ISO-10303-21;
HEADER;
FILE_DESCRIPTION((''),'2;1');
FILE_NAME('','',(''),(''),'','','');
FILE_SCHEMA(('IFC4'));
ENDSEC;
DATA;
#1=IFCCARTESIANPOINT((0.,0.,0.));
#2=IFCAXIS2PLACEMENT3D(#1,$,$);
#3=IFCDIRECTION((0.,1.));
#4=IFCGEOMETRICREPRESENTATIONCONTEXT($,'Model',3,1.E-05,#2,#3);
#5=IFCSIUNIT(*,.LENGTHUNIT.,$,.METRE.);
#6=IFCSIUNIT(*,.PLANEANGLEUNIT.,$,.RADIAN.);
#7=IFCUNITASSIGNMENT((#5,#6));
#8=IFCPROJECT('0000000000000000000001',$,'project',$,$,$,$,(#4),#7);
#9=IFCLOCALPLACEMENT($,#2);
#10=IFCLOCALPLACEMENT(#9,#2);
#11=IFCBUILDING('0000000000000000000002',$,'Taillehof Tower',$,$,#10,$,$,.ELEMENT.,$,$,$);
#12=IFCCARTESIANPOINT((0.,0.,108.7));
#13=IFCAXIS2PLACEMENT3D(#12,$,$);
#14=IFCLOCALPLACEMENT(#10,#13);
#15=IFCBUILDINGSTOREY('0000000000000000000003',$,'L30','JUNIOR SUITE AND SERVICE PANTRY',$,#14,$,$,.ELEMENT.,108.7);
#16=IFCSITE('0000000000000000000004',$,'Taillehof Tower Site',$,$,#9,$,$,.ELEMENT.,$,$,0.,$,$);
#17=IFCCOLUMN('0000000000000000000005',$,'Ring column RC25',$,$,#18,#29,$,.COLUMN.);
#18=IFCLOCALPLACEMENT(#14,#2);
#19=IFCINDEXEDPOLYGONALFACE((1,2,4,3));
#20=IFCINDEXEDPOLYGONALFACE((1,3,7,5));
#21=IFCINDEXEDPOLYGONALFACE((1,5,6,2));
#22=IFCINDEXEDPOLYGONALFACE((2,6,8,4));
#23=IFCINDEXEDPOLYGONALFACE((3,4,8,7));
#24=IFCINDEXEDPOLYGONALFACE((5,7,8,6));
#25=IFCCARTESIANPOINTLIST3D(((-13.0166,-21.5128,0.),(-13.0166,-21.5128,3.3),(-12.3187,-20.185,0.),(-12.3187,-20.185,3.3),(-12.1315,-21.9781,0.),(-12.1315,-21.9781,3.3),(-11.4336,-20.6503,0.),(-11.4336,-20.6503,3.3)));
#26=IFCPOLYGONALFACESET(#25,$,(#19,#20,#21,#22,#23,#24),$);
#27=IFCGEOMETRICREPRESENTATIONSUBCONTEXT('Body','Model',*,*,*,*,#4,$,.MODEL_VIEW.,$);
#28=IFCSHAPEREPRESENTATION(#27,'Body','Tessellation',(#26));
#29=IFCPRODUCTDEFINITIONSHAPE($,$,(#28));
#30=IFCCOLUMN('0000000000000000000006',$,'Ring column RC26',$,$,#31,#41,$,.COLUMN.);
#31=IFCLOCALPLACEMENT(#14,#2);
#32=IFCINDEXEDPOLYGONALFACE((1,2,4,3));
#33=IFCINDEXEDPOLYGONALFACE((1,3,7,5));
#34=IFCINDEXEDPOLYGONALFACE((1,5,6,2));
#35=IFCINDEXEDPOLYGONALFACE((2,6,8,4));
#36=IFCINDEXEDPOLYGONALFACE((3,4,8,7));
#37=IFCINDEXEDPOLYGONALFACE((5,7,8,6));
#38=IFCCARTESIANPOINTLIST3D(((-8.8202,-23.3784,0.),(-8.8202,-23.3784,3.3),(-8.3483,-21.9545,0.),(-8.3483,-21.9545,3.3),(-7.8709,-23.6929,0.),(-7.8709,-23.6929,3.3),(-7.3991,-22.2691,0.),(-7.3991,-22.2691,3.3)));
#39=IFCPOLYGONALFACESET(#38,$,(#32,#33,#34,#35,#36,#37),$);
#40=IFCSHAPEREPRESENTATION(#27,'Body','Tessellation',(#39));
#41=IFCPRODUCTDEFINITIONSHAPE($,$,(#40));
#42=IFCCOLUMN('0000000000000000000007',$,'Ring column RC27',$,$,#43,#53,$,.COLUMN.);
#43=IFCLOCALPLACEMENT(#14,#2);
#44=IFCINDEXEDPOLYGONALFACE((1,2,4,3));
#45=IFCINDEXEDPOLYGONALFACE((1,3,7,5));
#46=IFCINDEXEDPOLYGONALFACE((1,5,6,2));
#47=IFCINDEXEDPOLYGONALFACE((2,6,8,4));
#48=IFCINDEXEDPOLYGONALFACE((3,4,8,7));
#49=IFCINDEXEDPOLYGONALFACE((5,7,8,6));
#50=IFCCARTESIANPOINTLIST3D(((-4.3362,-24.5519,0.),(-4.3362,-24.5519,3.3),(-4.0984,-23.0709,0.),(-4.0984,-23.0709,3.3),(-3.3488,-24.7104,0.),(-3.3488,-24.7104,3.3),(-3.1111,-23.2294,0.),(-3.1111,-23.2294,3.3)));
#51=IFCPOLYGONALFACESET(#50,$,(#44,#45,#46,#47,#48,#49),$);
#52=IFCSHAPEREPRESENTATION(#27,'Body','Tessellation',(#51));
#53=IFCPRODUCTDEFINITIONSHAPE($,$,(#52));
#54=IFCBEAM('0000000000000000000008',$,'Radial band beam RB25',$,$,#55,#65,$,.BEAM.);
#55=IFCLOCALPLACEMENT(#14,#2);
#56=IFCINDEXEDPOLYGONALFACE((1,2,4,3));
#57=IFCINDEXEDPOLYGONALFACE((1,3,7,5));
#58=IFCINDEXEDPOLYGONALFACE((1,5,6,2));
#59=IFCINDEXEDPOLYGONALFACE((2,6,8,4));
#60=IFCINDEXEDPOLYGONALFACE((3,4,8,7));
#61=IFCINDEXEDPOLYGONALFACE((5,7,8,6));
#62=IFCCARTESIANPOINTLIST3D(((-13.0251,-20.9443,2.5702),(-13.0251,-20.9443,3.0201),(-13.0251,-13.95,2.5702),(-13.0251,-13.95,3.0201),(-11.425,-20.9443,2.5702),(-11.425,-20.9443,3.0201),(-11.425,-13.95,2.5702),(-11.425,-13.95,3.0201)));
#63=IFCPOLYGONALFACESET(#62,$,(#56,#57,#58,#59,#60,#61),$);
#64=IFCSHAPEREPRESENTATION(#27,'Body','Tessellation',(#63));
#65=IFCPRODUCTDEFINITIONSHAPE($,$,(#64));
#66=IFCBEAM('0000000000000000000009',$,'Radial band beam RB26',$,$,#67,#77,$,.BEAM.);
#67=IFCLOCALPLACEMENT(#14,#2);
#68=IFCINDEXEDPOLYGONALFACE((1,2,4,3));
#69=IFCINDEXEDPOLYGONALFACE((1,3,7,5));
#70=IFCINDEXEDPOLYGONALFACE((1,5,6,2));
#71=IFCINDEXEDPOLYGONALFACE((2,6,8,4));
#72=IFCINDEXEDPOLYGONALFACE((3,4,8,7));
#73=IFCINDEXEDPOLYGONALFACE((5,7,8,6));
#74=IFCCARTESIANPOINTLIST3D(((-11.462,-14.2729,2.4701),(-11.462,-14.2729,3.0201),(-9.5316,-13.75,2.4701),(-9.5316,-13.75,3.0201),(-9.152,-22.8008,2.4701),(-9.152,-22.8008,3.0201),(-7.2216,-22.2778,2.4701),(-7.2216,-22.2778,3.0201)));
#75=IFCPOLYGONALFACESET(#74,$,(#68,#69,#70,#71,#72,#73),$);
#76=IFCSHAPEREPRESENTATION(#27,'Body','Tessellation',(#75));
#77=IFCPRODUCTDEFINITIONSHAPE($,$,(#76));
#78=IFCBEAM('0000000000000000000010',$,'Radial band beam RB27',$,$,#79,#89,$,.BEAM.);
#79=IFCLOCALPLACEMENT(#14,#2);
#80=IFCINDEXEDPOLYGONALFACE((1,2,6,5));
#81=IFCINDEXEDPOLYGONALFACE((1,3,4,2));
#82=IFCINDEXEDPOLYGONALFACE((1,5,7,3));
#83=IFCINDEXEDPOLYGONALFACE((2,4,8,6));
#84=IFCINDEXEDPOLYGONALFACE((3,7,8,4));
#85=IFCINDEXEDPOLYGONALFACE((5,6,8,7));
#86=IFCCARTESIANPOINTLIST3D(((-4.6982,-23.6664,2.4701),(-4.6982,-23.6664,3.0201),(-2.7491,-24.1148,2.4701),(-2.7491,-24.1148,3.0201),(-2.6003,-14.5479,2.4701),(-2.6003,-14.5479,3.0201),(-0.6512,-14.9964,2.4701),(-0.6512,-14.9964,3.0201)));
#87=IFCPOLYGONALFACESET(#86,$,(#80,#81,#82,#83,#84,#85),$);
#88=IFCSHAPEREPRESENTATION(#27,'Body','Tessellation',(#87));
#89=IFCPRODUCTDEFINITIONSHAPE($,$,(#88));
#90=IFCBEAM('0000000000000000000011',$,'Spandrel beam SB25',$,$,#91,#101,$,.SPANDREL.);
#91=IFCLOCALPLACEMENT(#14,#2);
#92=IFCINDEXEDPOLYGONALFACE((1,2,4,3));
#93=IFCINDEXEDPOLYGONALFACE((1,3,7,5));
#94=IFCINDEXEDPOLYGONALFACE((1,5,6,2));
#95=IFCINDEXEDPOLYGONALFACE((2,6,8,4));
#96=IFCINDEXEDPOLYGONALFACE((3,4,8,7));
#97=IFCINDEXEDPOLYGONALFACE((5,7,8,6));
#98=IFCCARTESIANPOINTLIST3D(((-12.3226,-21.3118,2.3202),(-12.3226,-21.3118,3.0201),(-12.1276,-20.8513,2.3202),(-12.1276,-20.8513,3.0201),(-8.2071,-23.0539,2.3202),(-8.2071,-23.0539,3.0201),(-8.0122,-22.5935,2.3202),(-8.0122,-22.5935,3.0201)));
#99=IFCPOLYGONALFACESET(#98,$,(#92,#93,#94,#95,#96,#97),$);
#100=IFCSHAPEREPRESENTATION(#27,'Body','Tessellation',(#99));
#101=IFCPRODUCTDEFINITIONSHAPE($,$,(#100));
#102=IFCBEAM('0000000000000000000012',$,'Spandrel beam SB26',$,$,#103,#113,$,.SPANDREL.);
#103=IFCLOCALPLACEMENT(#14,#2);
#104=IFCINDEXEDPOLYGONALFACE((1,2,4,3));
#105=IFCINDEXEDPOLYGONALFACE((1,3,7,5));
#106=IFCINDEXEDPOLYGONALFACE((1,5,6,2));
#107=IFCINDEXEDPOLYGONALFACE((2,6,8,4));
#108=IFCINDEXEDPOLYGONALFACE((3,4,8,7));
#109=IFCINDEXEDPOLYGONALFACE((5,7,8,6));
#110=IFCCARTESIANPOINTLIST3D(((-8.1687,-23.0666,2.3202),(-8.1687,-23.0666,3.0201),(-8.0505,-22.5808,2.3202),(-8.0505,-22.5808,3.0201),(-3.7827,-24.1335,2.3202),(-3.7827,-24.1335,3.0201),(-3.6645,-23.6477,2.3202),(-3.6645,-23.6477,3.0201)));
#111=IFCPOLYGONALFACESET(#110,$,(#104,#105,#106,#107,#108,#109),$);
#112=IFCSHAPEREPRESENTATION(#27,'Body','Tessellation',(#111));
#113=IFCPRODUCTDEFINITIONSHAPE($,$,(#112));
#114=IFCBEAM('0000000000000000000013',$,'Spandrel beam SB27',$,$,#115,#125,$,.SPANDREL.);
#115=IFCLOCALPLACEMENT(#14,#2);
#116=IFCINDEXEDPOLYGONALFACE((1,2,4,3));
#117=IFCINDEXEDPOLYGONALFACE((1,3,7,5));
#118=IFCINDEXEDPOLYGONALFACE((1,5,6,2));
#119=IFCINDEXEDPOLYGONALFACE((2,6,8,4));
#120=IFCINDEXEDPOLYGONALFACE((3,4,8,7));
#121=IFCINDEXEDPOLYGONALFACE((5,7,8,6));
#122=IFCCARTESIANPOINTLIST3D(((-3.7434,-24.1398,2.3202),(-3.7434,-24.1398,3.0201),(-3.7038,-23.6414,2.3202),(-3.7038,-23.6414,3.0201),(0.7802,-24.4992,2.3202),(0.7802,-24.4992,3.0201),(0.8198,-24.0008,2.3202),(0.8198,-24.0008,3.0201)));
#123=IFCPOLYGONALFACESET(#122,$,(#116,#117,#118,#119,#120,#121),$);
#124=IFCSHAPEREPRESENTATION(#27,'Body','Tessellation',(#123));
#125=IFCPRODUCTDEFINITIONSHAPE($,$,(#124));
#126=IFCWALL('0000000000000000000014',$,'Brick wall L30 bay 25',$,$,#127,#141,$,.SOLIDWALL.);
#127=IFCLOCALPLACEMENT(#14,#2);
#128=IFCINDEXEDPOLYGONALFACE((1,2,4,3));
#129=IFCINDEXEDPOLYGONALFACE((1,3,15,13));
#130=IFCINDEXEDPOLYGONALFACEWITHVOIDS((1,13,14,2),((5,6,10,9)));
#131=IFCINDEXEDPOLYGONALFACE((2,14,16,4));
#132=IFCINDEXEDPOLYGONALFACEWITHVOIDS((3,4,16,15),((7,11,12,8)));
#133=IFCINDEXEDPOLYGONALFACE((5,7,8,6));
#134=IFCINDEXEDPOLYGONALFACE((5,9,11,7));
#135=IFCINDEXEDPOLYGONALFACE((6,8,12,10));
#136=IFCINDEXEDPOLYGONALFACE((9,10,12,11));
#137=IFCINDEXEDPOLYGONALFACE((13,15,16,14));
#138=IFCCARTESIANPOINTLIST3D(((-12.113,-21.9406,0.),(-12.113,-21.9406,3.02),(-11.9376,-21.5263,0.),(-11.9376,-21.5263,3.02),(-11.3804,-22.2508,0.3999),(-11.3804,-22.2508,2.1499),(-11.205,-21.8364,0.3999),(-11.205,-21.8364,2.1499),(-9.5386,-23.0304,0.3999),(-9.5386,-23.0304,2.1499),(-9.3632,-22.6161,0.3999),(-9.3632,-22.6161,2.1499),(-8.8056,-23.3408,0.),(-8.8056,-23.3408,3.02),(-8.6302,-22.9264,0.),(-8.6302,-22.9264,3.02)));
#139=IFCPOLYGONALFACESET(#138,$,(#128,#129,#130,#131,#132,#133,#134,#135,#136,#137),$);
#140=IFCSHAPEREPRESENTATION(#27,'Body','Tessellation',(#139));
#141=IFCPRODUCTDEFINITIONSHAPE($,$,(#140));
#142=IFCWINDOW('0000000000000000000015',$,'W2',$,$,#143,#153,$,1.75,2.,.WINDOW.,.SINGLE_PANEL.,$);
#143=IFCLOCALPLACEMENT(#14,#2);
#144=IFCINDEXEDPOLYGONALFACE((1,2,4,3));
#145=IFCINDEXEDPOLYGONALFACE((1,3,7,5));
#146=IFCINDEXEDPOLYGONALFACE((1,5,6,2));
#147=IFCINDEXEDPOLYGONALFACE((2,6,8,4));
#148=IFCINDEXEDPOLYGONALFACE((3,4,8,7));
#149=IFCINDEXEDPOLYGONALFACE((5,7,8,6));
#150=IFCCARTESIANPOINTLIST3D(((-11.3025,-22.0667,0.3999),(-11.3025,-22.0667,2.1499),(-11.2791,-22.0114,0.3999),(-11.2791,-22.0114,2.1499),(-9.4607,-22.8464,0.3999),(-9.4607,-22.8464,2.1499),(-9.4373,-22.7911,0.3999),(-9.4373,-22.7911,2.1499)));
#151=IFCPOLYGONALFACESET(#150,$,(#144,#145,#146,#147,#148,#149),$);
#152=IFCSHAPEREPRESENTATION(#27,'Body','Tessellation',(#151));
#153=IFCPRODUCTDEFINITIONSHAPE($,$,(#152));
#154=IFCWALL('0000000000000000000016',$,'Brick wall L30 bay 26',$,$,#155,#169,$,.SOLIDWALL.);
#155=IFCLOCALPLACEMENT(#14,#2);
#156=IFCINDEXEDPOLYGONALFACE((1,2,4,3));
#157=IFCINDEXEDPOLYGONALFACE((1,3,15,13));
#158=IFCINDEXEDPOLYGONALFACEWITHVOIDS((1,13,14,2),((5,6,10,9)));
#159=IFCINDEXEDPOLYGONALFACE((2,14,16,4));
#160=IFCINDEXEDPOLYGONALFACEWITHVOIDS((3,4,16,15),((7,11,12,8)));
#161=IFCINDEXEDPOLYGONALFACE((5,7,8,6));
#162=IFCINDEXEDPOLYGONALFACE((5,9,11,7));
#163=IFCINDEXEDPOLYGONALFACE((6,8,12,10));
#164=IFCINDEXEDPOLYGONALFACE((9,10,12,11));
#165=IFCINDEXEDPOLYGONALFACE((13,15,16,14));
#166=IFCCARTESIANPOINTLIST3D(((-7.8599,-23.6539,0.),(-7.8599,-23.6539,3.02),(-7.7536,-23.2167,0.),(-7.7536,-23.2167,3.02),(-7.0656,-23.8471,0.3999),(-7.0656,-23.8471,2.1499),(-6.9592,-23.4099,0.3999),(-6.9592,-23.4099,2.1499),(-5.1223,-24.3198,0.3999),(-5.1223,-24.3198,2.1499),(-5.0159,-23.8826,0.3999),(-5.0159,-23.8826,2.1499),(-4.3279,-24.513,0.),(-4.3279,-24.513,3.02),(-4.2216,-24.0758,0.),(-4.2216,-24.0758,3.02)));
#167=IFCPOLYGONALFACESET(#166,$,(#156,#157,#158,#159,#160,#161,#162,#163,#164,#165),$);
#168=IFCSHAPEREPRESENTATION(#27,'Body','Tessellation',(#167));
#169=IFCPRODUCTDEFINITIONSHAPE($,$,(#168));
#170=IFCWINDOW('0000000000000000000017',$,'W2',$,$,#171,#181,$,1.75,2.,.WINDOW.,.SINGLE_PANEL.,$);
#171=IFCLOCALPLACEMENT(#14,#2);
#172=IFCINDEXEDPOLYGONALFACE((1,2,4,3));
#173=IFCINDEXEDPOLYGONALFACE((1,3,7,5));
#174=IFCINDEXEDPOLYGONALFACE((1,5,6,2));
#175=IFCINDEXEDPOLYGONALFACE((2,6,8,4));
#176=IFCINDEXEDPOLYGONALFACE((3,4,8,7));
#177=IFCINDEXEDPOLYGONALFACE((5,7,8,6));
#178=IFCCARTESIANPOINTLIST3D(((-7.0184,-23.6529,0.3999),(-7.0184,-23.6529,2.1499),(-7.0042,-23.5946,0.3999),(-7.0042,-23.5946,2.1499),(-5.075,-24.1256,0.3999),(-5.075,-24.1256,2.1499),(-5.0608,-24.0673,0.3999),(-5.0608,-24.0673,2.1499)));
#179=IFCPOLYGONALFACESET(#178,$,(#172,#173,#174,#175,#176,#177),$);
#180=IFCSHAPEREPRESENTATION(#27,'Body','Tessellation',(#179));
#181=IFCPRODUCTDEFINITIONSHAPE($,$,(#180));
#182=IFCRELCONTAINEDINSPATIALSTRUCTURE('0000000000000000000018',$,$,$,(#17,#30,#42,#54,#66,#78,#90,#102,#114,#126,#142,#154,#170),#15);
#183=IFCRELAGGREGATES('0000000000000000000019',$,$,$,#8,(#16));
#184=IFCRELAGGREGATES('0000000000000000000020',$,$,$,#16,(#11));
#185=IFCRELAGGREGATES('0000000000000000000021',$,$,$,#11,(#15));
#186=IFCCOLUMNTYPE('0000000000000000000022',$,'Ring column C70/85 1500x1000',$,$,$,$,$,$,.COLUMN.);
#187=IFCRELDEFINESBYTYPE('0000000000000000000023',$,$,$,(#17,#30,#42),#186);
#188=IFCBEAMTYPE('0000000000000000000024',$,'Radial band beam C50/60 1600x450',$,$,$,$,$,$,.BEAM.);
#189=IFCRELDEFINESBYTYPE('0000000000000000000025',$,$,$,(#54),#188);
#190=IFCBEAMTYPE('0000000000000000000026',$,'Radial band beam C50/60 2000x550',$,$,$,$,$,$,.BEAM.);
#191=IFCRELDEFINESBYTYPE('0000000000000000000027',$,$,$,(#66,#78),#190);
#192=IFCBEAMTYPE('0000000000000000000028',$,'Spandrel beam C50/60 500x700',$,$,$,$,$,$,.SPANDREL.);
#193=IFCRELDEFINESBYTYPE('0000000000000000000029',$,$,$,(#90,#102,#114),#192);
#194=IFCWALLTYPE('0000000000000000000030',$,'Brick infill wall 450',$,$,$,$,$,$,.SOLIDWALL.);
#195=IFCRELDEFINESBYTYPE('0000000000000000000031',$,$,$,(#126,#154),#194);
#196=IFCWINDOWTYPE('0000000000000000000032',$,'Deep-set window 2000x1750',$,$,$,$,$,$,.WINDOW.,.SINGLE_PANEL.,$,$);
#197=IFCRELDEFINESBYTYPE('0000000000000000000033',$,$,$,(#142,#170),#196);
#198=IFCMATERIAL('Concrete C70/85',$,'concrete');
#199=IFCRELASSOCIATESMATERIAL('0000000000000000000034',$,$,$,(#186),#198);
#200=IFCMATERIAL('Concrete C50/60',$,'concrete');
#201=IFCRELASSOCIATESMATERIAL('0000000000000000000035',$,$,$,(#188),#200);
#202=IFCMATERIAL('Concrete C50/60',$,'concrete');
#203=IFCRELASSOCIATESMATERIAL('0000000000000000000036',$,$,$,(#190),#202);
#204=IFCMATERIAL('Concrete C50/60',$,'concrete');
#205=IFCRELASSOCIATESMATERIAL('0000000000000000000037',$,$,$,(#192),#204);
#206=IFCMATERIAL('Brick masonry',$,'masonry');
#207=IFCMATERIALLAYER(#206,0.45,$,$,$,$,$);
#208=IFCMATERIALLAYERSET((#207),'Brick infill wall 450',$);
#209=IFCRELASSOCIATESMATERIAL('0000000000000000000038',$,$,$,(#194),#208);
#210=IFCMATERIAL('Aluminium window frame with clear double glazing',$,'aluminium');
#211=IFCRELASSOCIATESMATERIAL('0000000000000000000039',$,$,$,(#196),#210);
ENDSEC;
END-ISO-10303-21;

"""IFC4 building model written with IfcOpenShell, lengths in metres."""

from ifc_helpers import new_model, si_unit, direction, frame, frame_2d, origin, origin_2d, place, context, subcontext, project, spatial, rectangle, extrude, material, layer, layer_set, material_profile, profile_set, type_object, element, fill, save


model = new_model("IFC4")

# Units and contexts
model_context = context("Model", 3, precision=1e-05, world=origin(), true_north=direction((0.0, 1.0)))
body_context = subcontext(model_context, "Body", "Model", "MODEL_VIEW")
ifc_project = project(units=[si_unit("LENGTHUNIT", "METRE"), si_unit("PLANEANGLEUNIT", "RADIAN")], contexts=[model_context])

# Site, building, storey
site_placement = place(None, origin())
site = spatial("IfcSite", under=ifc_project, at=site_placement, Name="Taillehof Tower Site", CompositionType="ELEMENT", RefElevation=0.0)
building_placement = place(site_placement, origin())
building = spatial("IfcBuilding", under=site, at=building_placement, Name="Taillehof Tower", CompositionType="ELEMENT")
storey_placement = place(building_placement, frame((0.0, 0.0, 108.7)))
storey = spatial("IfcBuildingStorey", under=building, at=storey_placement, Name="L30", Description="JUNIOR SUITE AND SERVICE PANTRY", CompositionType="ELEMENT", Elevation=108.7)

# Columns
ifc_material_1 = material(Name="Concrete C70/85", Category="concrete")
ifc_material_profile_1 = material_profile(ifc_material_1, rectangle(XDim=1.5, YDim=1.0, at=origin_2d()), Name="RC 1500x1000")
ifc_profile_set_1 = profile_set([ifc_material_profile_1], Name="Concrete C70/85")
column_type = type_object("IfcColumnType", Name="Ring column C70/85 1500x1000", PredefinedType="COLUMN", material=ifc_profile_set_1)
for number, where, z_axis, x_axis, name in (
    (1, (-12.2251, -21.0815, 0.0), (0.0, 0.0, 1.0), (-0.465283, -0.885162, 0.0), "Ring column RC25"),
    (2, (-8.1096, -22.8237, 0.0), (0.0, 0.0, 1.0), (-0.314555, -0.949239, 0.0), "Ring column RC26"),
    (3, (-3.7236, -23.8906, 0.0), (0.0, 0.0, 1.0), (-0.158507, -0.987358, 0.0), "Ring column RC27"),
):
    element("IfcColumn", number, at=place(storey_placement, frame(where, z_axis=z_axis, x_axis=x_axis)), inside=storey, type_object=column_type, Name=name, PredefinedType="COLUMN", context=body_context, shape_type="SweptSolid", body=[
        extrude(rectangle(XDim=1.5, YDim=1.0, at=origin_2d()), origin(), (0.0, 0.0, 1.0), 3.3),
    ])

# Beams
ifc_material_2 = material(Name="Concrete C50/60", Category="concrete")
ifc_material_profile_2 = material_profile(ifc_material_2, rectangle(XDim=1.6001, YDim=0.45, at=origin_2d()), Name="RC 1600x450")
ifc_profile_set_2 = profile_set([ifc_material_profile_2], Name="Concrete C50/60")
beam_type_1 = type_object("IfcBeamType", Name="Radial band beam C50/60 1600x450", PredefinedType="BEAM", material=ifc_profile_set_2)
beam_1_placement = place(storey_placement, frame((-12.2251, -20.9443, 2.7952), z_axis=(0.0, 1.0, 0.0), x_axis=(-1.0, 0.0, 0.0)))
element("IfcBeam", 4, at=beam_1_placement, inside=storey, type_object=beam_type_1, Name="Radial band beam RB25", PredefinedType="BEAM", context=body_context, shape_type="SweptSolid", body=[
    extrude(rectangle(XDim=1.6001, YDim=0.45, at=origin_2d()), origin(), (0.0, 0.0, 1.0), 6.9944),
])
ifc_material_3 = material(Name="Concrete C50/60", Category="concrete")
ifc_material_profile_3 = material_profile(ifc_material_3, rectangle(XDim=2.0, YDim=0.55, at=origin_2d()), Name="RC 2000x550")
ifc_profile_set_3 = profile_set([ifc_material_profile_3], Name="Concrete C50/60")
beam_type_2 = type_object("IfcBeamType", Name="Radial band beam C50/60 2000x550", PredefinedType="BEAM", material=ifc_profile_set_3)
beam_2_placement = place(storey_placement, frame((-8.1868, -22.5393, 2.7451), z_axis=(-0.261462, 0.965214, 0.0), x_axis=(-0.965214, -0.261462, 0.0)))
element("IfcBeam", 5, at=beam_2_placement, inside=storey, type_object=beam_type_2, Name="Radial band beam RB26", PredefinedType="BEAM", context=body_context, shape_type="SweptSolid", body=[
    extrude(rectangle(XDim=2.0, YDim=0.55, at=origin_2d()), origin(), (0.0, 0.0, 1.0), 8.8352),
])
beam_3_placement = place(storey_placement, frame((-3.7236, -23.8906, 2.7451), z_axis=(0.224215, 0.97454, 0.0), x_axis=(-0.97454, 0.224215, 0.0)))
element("IfcBeam", 6, at=beam_3_placement, inside=storey, type_object=beam_type_2, Name="Radial band beam RB27", PredefinedType="BEAM", context=body_context, shape_type="SweptSolid", body=[
    extrude(rectangle(XDim=2.0, YDim=0.55, at=origin_2d()), origin(), (0.0, 0.0, 1.0), 9.3567),
])
ifc_material_4 = material(Name="Concrete C50/60", Category="concrete")
ifc_material_profile_4 = material_profile(ifc_material_4, rectangle(XDim=0.5, YDim=0.7, at=origin_2d()), Name="RC 500x700")
ifc_profile_set_4 = profile_set([ifc_material_profile_4], Name="Concrete C50/60")
beam_type_3 = type_object("IfcBeamType", Name="Spandrel beam C50/60 500x700", PredefinedType="SPANDREL", material=ifc_profile_set_4)
beam_4_placement = place(storey_placement, frame((-12.2251, -21.0815, 2.6702), z_axis=(0.920885, -0.389834, 0.0), x_axis=(0.389834, 0.920885, 0.0)))
element("IfcBeam", 7, at=beam_4_placement, inside=storey, type_object=beam_type_3, Name="Spandrel beam SB25", PredefinedType="SPANDREL", context=body_context, shape_type="SweptSolid", body=[
    extrude(rectangle(XDim=0.5, YDim=0.7, at=origin_2d()), origin(), (0.0, 0.0, 1.0), 4.469),
])
beam_5_placement = place(storey_placement, frame((-8.1096, -22.8237, 2.6702), z_axis=(0.971666, -0.236358, 0.0), x_axis=(0.236358, 0.971666, 0.0)))
element("IfcBeam", 8, at=beam_5_placement, inside=storey, type_object=beam_type_3, Name="Spandrel beam SB26", PredefinedType="SPANDREL", context=body_context, shape_type="SweptSolid", body=[
    extrude(rectangle(XDim=0.5, YDim=0.7, at=origin_2d()), origin(), (0.0, 0.0, 1.0), 4.5139),
])
beam_6_placement = place(storey_placement, frame((-3.7236, -23.8906, 2.6702), z_axis=(0.996859, -0.079194, 0.0), x_axis=(0.079194, 0.996859, 0.0)))
element("IfcBeam", 9, at=beam_6_placement, inside=storey, type_object=beam_type_3, Name="Spandrel beam SB27", PredefinedType="SPANDREL", context=body_context, shape_type="SweptSolid", body=[
    extrude(rectangle(XDim=0.5, YDim=0.7, at=origin_2d()), origin(), (0.0, 0.0, 1.0), 4.5378),
])

# Walls, openings, windows
ifc_material_5 = material(Name="Brick masonry", Category="masonry")
ifc_layer_1 = layer(ifc_material_5, 0.45)
ifc_layer_set_1 = layer_set([ifc_layer_1], Name="Brick infill wall 450")
wall_type_1 = type_object("IfcWallType", Name="Brick infill wall 450", PredefinedType="SOLIDWALL", material=ifc_layer_set_1)
wall_1_placement = place(storey_placement, frame((-12.0254, -21.7334, 0.0), z_axis=(0.0, 0.0, 1.0), x_axis=(0.92088, -0.389846, 0.0)))
wall_1 = element("IfcWall", 10, at=wall_1_placement, inside=storey, type_object=wall_type_1, Name="Brick wall L30 bay 25", PredefinedType="SOLIDWALL", context=body_context, shape_type="SweptSolid", body=[
    extrude(rectangle(XDim=3.5916, YDim=0.45, at=frame_2d((1.7959, 0.0))), origin(), (0.0, 0.0, 1.0), 3.02),
])
opening_1_placement = place(wall_1_placement, frame((0.7957, 0.0, 0.3999)))
opening_1 = element("IfcOpeningElement", 11, at=opening_1_placement, cuts=wall_1, PredefinedType="OPENING", context=body_context, shape_type="SweptSolid", body=[
    extrude(rectangle(XDim=2.0, YDim=1.75, at=frame_2d((1.0, 0.875))), frame((0.0, 0.2349, 0.0), z_axis=(0.0, -1.0, 0.0), x_axis=(1.0, 0.0, 0.0)), (0.0, 0.0, 1.0), 0.47),
])
ifc_material_6 = material(Name="Aluminium window frame with clear double glazing", Category="aluminium")
window_type_1 = type_object("IfcWindowType", Name="Deep-set window 2000x1750", PartitioningType="SINGLE_PANEL", PredefinedType="WINDOW", material=ifc_material_6)
window_1_placement = place(opening_1_placement, origin())
window_1 = element("IfcWindow", 12, at=window_1_placement, inside=storey, type_object=window_type_1, Name="W2", OverallHeight=1.75, OverallWidth=2.0, PartitioningType="SINGLE_PANEL", PredefinedType="WINDOW", context=body_context, shape_type="SweptSolid", body=[
    extrude(rectangle(XDim=2.0, YDim=1.75, at=frame_2d((1.0, 0.875))), frame((0.0, 0.0349, 0.0), z_axis=(0.0, -1.0, 0.0), x_axis=(1.0, 0.0, 0.0)), (0.0, 0.0, 1.0), 0.0601),
])
fill(opening_1, window_1)
wall_2_placement = place(storey_placement, frame((-7.8066, -23.4353, 0.0), z_axis=(0.0, 0.0, 1.0), x_axis=(0.971668, -0.236352, 0.0)))
wall_2 = element("IfcWall", 13, at=wall_2_placement, inside=storey, type_object=wall_type_1, Name="Brick wall L30 bay 26", PredefinedType="SOLIDWALL", context=body_context, shape_type="SweptSolid", body=[
    extrude(rectangle(XDim=3.635, YDim=0.45, at=frame_2d((1.8174, 0.0))), origin(), (0.0, 0.0, 1.0), 3.02),
])
opening_2_placement = place(wall_2_placement, frame((0.8174, 0.0, 0.3999)))
opening_2 = element("IfcOpeningElement", 14, at=opening_2_placement, cuts=wall_2, PredefinedType="OPENING", context=body_context, shape_type="SweptSolid", body=[
    extrude(rectangle(XDim=2.0, YDim=1.75, at=frame_2d((1.0, 0.875))), frame((0.0, 0.2349, 0.0), z_axis=(0.0, -1.0, 0.0), x_axis=(1.0, 0.0, 0.0)), (0.0, 0.0, 1.0), 0.47),
])
window_2_placement = place(opening_2_placement, origin())
window_2 = element("IfcWindow", 15, at=window_2_placement, inside=storey, type_object=window_type_1, Name="W2", OverallHeight=1.75, OverallWidth=2.0, PartitioningType="SINGLE_PANEL", PredefinedType="WINDOW", context=body_context, shape_type="SweptSolid", body=[
    extrude(rectangle(XDim=2.0, YDim=1.75, at=frame_2d((1.0, 0.875))), frame((0.0, 0.0349, 0.0), z_axis=(0.0, -1.0, 0.0), x_axis=(1.0, 0.0, 0.0)), (0.0, 0.0, 1.0), 0.0601),
])
fill(opening_2, window_2)

save(model, "model.ifc")
